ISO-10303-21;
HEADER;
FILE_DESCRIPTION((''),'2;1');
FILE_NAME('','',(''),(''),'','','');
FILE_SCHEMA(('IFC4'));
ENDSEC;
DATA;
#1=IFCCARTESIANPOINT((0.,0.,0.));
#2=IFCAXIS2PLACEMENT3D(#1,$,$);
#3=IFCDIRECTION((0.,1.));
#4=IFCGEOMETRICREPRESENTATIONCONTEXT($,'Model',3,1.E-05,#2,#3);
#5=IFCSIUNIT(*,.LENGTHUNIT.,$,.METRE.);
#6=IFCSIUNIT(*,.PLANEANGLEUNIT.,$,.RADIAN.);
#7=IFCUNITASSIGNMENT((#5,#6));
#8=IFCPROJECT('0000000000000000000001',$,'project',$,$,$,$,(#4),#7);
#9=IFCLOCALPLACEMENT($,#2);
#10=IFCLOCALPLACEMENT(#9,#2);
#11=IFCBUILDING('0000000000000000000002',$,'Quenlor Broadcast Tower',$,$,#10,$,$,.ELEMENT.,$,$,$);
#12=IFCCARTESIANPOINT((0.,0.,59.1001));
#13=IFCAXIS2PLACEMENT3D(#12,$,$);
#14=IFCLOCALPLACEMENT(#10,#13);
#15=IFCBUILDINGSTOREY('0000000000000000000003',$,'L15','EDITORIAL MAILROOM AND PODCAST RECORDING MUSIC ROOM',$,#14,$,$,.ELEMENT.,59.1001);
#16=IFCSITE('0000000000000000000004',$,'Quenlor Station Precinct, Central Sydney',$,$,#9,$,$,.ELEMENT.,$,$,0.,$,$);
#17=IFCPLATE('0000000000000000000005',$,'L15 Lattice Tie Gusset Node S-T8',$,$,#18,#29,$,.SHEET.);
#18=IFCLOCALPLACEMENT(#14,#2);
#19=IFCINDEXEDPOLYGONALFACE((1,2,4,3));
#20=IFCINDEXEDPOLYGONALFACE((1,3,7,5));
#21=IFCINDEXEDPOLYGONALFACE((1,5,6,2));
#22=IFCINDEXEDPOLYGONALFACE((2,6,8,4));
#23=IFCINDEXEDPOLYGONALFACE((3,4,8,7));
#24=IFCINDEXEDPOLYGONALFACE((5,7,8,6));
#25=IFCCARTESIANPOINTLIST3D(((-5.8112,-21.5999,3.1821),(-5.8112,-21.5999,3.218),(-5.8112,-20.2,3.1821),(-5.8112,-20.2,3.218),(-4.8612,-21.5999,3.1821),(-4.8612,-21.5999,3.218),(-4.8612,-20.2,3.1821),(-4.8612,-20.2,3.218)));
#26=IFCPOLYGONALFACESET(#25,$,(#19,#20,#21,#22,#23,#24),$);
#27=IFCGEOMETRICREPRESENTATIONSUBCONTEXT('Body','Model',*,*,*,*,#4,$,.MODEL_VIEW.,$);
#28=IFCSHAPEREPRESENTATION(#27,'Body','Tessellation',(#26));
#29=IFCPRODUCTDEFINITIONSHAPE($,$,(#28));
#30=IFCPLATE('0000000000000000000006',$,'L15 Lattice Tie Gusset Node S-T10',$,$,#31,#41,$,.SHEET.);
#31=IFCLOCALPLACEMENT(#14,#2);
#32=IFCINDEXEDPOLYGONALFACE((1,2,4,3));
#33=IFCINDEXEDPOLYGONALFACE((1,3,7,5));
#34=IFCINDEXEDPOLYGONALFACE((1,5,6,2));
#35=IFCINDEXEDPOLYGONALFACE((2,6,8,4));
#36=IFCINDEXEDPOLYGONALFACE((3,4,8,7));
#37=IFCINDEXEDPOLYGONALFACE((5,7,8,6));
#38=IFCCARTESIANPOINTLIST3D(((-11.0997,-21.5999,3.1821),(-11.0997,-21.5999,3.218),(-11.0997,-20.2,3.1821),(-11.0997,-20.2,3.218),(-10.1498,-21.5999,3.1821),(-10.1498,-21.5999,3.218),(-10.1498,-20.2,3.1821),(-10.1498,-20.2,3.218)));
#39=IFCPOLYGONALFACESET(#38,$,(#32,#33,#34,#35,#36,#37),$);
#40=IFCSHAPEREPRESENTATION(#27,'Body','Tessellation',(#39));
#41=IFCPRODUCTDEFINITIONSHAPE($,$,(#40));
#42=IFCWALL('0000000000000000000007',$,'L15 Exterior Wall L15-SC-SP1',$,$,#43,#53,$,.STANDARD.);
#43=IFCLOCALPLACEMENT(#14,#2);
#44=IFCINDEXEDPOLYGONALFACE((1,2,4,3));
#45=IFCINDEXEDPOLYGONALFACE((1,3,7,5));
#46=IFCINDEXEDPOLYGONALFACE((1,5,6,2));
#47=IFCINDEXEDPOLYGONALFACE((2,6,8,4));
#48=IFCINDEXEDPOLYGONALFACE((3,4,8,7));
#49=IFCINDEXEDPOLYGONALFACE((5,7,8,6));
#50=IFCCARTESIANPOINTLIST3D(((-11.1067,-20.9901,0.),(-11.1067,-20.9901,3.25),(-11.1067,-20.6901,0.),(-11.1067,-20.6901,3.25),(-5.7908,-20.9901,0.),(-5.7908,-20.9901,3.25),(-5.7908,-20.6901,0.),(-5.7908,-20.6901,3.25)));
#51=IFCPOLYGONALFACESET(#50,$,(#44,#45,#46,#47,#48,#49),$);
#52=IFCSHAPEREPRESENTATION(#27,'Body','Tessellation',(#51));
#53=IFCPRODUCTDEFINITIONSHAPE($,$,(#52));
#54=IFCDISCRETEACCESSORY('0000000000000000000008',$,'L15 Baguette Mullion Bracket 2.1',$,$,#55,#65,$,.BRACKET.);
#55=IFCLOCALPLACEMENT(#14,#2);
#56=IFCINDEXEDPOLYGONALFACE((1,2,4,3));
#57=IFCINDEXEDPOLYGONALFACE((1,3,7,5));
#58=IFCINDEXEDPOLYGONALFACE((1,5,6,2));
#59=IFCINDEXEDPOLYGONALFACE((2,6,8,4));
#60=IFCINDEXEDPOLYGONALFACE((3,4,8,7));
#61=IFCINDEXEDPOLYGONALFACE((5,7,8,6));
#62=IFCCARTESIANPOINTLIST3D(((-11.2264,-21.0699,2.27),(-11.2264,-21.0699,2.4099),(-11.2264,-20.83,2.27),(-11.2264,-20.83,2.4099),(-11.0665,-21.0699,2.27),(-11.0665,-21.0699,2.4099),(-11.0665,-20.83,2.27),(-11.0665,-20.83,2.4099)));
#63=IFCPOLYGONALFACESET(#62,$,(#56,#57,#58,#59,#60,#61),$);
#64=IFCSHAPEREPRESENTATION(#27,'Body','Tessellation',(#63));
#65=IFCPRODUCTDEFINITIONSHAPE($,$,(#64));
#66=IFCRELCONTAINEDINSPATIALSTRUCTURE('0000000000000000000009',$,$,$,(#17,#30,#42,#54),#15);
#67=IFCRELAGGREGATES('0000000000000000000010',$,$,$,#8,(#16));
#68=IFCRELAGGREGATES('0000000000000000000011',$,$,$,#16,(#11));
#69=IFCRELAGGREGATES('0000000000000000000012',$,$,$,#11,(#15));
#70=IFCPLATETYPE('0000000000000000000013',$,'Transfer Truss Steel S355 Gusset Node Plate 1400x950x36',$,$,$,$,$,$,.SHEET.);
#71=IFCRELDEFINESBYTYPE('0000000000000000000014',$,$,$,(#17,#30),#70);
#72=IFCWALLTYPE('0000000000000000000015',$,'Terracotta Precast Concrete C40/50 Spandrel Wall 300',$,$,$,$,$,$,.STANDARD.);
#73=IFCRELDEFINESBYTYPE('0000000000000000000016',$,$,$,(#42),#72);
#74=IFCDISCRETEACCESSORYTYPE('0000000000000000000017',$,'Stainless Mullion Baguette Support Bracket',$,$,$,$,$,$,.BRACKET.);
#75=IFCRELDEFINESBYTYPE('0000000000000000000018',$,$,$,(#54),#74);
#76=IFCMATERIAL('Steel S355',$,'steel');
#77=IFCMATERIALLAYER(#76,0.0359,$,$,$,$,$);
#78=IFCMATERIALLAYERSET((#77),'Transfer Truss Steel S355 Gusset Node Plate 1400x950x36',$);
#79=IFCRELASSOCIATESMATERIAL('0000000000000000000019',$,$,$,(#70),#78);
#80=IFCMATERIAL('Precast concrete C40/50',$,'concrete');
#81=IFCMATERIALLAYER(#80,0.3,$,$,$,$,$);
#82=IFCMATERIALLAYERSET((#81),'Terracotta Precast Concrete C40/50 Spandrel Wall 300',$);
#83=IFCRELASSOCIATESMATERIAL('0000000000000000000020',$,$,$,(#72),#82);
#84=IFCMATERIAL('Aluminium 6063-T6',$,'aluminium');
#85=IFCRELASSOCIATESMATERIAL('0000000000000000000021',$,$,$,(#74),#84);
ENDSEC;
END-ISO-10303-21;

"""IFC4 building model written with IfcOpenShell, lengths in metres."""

from ifc_helpers import new_model, si_unit, direction, frame, frame_2d, origin, origin_2d, place, context, subcontext, project, spatial, rectangle, extrude, material, layer, layer_set, type_object, element, save


model = new_model("IFC4")

# Units and contexts
model_context = context("Model", 3, precision=1e-05, world=origin(), true_north=direction((0.0, 1.0)))
body_context = subcontext(model_context, "Body", "Model", "MODEL_VIEW")
ifc_project = project(units=[si_unit("LENGTHUNIT", "METRE"), si_unit("PLANEANGLEUNIT", "RADIAN")], contexts=[model_context])

# Site, building, storey
site_placement = place(None, origin())
site = spatial("IfcSite", under=ifc_project, at=site_placement, Name="Quenlor Station Precinct, Central Sydney", CompositionType="ELEMENT", RefElevation=0.0)
building_placement = place(site_placement, origin())
building = spatial("IfcBuilding", under=site, at=building_placement, Name="Quenlor Broadcast Tower", CompositionType="ELEMENT")
storey_placement = place(building_placement, frame((0.0, 0.0, 59.1001)))
storey = spatial("IfcBuildingStorey", under=building, at=storey_placement, Name="L15", Description="EDITORIAL MAILROOM AND PODCAST RECORDING MUSIC ROOM", CompositionType="ELEMENT", Elevation=59.1001)

# Plates
ifc_material_1 = material(Name="Steel S355", Category="steel")
ifc_layer_1 = layer(ifc_material_1, 0.0359)
ifc_layer_set_1 = layer_set([ifc_layer_1], Name="Transfer Truss Steel S355 Gusset Node Plate 1400x950x36")
plate_type_1 = type_object("IfcPlateType", Name="Transfer Truss Steel S355 Gusset Node Plate 1400x950x36", PredefinedType="SHEET", material=ifc_layer_set_1)
for number, where, z_axis, x_axis, name in (
    (1, (-5.3362, -20.8999, 3.1821), (0.0, 0.0, 1.0), (0.0, -1.0, 0.0), "L15 Lattice Tie Gusset Node S-T8"),
    (2, (-10.6248, -20.8999, 3.1821), (0.0, 0.0, 1.0), (0.0, -1.0, 0.0), "L15 Lattice Tie Gusset Node S-T10"),
):
    element("IfcPlate", number, at=place(storey_placement, frame(where, z_axis=z_axis, x_axis=x_axis)), inside=storey, type_object=plate_type_1, Name=name, PredefinedType="SHEET", context=body_context, shape_type="SweptSolid", body=[
        extrude(rectangle(XDim=1.3999, YDim=0.95, at=origin_2d()), origin(), (0.0, 0.0, 1.0), 0.0359),
    ])

# Wall
ifc_material_2 = material(Name="Precast concrete C40/50", Category="concrete")
ifc_layer_2 = layer(ifc_material_2, 0.3)
ifc_layer_set_2 = layer_set([ifc_layer_2], Name="Terracotta Precast Concrete C40/50 Spandrel Wall 300")
wall_type = type_object("IfcWallType", Name="Terracotta Precast Concrete C40/50 Spandrel Wall 300", PredefinedType="STANDARD", material=ifc_layer_set_2)
wall_placement = place(storey_placement, frame((-5.7908, -20.8401, 0.0), z_axis=(0.0, 0.0, 1.0), x_axis=(-1.0, 0.0, 0.0)))
element("IfcWall", 3, at=wall_placement, inside=storey, type_object=wall_type, Name="L15 Exterior Wall L15-SC-SP1", PredefinedType="STANDARD", context=body_context, shape_type="SweptSolid", body=[
    extrude(rectangle(XDim=5.3159, YDim=0.3, at=frame_2d((2.658, 0.0))), origin(), (0.0, 0.0, 1.0), 3.25),
])

# Discrete accessory
ifc_material_3 = material(Name="Aluminium 6063-T6", Category="aluminium")
discrete_accessory_type = type_object("IfcDiscreteAccessoryType", Name="Stainless Mullion Baguette Support Bracket", PredefinedType="BRACKET", material=ifc_material_3)
discrete_accessory_placement = place(storey_placement, frame((-11.1465, -20.95, 2.27), z_axis=(0.0, 0.0, 1.0), x_axis=(-1.0, 0.0, 0.0)))
element("IfcDiscreteAccessory", 4, at=discrete_accessory_placement, inside=storey, type_object=discrete_accessory_type, Name="L15 Baguette Mullion Bracket 2.1", PredefinedType="BRACKET", context=body_context, shape_type="SweptSolid", body=[
    extrude(rectangle(XDim=0.1599, YDim=0.24, at=origin_2d()), origin(), (0.0, 0.0, 1.0), 0.1399),
])

save(model, "model.ifc")
